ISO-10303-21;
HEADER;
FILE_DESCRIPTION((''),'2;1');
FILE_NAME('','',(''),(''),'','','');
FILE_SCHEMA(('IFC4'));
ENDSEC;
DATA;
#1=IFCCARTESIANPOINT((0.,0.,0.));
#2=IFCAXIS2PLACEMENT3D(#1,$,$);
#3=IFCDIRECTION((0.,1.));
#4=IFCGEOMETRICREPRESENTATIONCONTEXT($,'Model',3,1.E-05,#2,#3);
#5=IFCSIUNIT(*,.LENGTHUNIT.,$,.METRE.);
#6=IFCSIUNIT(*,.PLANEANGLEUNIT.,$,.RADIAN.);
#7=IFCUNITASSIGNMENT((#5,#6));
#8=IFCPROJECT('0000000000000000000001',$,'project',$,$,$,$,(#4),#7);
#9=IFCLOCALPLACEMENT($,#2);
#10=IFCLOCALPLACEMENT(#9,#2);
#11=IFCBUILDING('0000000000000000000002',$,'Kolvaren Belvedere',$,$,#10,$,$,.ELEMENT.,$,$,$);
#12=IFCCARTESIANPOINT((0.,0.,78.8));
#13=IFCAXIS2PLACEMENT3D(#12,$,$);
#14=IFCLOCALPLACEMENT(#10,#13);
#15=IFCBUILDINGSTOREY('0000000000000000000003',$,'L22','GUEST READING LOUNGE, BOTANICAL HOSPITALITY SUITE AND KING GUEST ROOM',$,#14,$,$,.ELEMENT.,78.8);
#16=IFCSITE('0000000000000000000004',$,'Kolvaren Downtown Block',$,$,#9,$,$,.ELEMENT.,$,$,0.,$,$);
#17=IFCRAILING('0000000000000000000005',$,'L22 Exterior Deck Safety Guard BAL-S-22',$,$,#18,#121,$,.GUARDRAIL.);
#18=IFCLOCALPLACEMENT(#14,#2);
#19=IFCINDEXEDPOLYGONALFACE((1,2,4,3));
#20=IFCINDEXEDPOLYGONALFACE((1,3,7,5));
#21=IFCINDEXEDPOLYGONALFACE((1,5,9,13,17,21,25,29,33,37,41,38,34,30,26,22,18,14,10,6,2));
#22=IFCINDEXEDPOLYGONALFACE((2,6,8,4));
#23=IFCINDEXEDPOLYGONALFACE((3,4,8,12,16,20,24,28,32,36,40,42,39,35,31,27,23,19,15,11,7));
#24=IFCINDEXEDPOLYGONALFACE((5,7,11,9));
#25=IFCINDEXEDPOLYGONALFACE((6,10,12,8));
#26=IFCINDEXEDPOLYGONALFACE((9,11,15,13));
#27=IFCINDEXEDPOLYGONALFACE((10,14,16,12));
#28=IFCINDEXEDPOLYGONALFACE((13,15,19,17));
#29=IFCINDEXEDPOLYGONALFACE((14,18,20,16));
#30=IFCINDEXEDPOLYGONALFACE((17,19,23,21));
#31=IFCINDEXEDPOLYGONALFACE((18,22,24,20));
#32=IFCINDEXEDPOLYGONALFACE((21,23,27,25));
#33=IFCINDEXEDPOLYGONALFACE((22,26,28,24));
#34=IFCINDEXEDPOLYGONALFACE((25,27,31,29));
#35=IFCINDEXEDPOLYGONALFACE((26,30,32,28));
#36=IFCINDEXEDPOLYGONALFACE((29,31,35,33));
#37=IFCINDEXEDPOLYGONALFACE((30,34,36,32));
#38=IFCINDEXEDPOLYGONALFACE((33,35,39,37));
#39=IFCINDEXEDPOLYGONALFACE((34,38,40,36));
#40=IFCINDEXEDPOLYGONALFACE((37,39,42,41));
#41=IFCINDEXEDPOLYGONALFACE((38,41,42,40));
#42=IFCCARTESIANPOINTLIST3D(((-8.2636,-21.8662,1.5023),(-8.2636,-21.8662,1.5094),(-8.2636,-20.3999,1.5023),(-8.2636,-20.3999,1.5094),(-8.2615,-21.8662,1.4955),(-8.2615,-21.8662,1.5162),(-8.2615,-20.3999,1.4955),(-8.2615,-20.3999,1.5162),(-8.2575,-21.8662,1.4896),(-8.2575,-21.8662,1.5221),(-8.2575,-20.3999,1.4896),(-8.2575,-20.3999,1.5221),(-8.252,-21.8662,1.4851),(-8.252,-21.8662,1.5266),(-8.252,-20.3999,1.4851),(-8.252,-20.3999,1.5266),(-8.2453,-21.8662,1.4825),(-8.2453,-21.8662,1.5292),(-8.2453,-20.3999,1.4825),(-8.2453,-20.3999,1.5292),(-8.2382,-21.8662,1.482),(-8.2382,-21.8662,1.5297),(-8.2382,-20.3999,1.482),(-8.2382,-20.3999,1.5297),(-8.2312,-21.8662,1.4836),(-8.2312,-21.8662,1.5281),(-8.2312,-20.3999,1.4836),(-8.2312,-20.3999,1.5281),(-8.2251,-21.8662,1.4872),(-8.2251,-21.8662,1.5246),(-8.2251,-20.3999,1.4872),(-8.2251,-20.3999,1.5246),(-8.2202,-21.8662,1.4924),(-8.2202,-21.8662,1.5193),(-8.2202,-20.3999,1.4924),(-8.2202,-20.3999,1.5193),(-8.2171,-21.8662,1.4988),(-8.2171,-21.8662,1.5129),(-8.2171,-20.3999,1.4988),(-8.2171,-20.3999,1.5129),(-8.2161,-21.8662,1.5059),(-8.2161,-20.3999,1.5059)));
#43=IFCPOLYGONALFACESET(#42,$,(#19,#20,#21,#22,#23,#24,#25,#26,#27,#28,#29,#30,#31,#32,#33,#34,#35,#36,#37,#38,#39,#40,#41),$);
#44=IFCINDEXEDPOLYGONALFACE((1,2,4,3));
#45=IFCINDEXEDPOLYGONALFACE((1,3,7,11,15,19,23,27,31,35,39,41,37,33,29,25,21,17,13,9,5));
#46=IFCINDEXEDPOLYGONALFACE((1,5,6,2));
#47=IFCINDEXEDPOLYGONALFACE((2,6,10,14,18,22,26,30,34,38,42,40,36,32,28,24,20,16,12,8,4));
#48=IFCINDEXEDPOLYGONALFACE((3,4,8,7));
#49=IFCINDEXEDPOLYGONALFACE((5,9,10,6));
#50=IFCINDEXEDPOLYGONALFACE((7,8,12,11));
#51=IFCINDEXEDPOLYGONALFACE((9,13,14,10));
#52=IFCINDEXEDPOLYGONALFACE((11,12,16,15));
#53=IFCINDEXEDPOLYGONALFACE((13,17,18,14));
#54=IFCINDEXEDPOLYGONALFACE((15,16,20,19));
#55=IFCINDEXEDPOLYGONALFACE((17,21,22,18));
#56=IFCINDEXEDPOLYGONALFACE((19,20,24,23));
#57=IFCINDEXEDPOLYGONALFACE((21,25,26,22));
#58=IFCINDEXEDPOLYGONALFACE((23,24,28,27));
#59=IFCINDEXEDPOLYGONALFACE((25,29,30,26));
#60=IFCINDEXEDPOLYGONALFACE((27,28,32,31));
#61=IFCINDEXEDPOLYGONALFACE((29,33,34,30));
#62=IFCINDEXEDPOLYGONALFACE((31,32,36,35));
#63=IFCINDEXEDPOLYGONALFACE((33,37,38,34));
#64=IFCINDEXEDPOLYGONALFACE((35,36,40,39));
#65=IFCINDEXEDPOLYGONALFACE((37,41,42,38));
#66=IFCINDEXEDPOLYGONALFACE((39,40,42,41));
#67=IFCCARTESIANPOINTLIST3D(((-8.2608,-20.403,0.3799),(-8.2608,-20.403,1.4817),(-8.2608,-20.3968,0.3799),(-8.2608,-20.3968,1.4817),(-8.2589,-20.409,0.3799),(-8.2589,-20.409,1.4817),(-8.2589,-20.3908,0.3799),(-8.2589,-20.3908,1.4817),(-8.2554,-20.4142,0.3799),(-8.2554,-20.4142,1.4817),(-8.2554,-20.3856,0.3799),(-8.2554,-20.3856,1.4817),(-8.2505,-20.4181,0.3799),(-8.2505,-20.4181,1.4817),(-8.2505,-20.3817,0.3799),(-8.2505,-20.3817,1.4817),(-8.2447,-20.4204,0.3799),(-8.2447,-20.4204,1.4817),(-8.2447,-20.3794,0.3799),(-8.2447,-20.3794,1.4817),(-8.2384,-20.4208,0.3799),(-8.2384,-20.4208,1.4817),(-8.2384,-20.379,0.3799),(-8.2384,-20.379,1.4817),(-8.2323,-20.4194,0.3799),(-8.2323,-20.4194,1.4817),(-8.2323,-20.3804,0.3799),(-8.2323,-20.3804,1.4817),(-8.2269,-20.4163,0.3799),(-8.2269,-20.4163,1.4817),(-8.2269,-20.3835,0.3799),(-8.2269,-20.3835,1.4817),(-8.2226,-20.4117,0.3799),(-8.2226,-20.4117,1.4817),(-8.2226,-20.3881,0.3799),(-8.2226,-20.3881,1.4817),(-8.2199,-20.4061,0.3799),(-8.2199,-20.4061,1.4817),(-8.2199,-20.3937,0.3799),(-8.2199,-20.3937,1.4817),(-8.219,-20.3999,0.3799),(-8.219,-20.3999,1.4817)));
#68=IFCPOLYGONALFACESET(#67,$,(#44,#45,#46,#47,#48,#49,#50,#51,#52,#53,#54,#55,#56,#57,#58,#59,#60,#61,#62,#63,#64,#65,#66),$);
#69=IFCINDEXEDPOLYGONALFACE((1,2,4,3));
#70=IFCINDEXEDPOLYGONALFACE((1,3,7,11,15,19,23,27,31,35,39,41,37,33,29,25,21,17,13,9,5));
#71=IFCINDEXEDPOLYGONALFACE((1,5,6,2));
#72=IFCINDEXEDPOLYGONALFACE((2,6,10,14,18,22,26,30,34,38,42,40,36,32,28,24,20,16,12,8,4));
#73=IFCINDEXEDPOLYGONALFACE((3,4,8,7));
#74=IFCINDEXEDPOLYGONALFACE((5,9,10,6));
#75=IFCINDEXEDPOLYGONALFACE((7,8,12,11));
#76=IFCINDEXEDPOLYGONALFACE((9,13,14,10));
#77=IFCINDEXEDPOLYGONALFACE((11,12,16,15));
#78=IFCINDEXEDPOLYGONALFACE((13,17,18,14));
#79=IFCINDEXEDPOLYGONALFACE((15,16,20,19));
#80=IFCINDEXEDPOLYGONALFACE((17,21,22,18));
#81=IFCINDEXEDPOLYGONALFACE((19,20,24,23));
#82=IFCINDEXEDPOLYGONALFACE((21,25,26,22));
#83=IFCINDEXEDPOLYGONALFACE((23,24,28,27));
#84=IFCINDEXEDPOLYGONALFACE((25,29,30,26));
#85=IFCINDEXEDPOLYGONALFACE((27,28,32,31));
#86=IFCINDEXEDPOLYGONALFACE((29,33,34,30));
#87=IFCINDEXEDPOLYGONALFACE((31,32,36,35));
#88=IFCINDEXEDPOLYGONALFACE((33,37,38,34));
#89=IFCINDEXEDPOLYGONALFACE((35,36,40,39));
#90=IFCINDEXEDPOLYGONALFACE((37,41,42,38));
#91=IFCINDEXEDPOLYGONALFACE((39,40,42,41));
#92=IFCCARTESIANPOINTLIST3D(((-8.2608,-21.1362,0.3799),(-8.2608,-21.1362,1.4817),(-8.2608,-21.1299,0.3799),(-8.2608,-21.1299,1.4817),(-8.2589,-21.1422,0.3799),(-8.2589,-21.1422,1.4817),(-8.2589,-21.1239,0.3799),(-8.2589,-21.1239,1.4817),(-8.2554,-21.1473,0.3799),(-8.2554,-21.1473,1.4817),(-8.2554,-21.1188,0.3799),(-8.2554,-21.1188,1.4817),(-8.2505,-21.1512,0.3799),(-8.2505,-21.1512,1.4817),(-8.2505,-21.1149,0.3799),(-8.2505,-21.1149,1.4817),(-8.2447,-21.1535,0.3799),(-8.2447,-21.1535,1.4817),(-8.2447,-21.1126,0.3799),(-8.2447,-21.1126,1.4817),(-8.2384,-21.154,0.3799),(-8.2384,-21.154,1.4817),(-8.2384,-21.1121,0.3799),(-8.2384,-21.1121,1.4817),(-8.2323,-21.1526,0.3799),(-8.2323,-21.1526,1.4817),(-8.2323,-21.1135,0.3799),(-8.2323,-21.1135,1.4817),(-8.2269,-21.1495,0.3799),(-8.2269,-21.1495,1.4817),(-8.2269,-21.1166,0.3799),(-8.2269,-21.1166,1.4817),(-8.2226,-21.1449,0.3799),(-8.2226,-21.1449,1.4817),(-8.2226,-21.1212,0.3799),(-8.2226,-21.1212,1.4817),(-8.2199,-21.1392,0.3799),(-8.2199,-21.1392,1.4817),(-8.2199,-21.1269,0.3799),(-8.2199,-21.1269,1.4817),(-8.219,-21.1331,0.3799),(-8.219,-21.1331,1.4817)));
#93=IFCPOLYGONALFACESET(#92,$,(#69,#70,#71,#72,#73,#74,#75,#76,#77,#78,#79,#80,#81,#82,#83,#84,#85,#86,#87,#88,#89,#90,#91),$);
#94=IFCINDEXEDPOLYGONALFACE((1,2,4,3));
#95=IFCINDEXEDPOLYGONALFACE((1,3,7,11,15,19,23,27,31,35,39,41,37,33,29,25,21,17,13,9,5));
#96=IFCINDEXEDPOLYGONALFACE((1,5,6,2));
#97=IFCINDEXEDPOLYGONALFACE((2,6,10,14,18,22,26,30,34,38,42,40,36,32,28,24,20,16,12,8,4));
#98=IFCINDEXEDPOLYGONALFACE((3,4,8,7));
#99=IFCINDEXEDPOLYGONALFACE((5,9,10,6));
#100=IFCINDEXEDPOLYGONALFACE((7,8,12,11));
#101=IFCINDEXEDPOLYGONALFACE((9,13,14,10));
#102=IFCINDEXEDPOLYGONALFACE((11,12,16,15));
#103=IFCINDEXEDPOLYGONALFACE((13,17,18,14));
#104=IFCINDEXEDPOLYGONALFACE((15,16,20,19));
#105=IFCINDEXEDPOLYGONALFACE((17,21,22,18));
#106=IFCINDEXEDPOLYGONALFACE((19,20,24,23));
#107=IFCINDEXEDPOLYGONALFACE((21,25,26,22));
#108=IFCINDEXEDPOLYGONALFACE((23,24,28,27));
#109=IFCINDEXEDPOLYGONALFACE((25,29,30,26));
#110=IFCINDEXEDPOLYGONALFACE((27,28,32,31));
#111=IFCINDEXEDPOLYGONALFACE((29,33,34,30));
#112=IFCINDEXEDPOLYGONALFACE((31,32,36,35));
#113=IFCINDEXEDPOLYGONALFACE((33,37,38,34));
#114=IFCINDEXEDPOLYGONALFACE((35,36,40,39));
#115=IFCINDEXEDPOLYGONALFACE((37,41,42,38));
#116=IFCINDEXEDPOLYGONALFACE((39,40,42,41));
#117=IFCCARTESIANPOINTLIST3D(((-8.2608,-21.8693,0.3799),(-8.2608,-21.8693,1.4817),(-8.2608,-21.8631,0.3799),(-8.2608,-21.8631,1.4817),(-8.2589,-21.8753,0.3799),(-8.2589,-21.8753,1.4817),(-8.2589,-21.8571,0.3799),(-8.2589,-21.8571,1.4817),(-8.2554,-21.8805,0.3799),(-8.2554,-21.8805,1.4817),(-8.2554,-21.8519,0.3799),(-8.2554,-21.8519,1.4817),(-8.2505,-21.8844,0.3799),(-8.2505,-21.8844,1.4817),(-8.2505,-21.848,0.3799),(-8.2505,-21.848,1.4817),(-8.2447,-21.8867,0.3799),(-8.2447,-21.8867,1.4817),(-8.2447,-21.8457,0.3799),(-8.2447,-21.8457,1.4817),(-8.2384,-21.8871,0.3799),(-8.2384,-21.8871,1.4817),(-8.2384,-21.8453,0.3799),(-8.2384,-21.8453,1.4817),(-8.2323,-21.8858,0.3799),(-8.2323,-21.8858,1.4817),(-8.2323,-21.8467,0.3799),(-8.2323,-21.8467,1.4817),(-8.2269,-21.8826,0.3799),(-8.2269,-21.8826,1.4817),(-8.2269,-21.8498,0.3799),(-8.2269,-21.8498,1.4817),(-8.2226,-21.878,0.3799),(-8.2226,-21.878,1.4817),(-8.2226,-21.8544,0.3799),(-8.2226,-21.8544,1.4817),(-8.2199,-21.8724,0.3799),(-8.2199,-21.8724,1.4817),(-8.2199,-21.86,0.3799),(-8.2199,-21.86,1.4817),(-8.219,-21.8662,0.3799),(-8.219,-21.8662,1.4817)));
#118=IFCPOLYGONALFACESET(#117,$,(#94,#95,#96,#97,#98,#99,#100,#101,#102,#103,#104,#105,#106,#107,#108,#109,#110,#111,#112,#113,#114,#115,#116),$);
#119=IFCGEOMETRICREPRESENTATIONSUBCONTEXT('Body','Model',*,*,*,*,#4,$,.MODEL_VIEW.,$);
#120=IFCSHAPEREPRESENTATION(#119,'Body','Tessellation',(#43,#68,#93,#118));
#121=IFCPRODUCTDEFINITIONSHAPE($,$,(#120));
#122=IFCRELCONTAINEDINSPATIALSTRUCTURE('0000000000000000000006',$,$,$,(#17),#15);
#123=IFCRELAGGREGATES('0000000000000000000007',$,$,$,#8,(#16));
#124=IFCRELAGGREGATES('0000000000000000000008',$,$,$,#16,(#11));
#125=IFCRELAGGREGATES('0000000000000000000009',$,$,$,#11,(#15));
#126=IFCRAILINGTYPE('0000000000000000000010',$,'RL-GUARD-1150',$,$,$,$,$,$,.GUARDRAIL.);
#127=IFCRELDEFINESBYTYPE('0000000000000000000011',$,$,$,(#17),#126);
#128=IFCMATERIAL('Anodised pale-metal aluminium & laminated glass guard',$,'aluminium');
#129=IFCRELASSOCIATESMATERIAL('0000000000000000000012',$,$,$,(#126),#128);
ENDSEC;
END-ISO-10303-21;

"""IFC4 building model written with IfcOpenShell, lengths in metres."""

from ifc_helpers import new_model, si_unit, direction, frame, origin, origin_2d, place, context, subcontext, project, spatial, circle, extrude, material, type_object, element, save


model = new_model("IFC4")

# Units and contexts
model_context = context("Model", 3, precision=1e-05, world=origin(), true_north=direction((0.0, 1.0)))
body_context = subcontext(model_context, "Body", "Model", "MODEL_VIEW")
ifc_project = project(units=[si_unit("LENGTHUNIT", "METRE"), si_unit("PLANEANGLEUNIT", "RADIAN")], contexts=[model_context])

# Site, building, storey
site_placement = place(None, origin())
site = spatial("IfcSite", under=ifc_project, at=site_placement, Name="Kolvaren Downtown Block", CompositionType="ELEMENT", RefElevation=0.0)
building_placement = place(site_placement, origin())
building = spatial("IfcBuilding", under=site, at=building_placement, Name="Kolvaren Belvedere", CompositionType="ELEMENT")
storey_placement = place(building_placement, frame((0.0, 0.0, 78.8)))
storey = spatial("IfcBuildingStorey", under=building, at=storey_placement, Name="L22", Description="GUEST READING LOUNGE, BOTANICAL HOSPITALITY SUITE AND KING GUEST ROOM", CompositionType="ELEMENT", Elevation=78.8)

# Railing
ifc_material_1 = material(Name="Anodised pale-metal aluminium & laminated glass guard", Category="aluminium")
railing_type = type_object("IfcRailingType", Name="RL-GUARD-1150", PredefinedType="GUARDRAIL", material=ifc_material_1)
railing_1_placement = place(storey_placement, frame((-8.24, -20.3999, 0.3799)))
element("IfcRailing", 1, at=railing_1_placement, inside=storey, type_object=railing_type, Name="L22 Exterior Deck Safety Guard BAL-S-22", PredefinedType="GUARDRAIL", context=body_context, shape_type="SweptSolid", body=[
    extrude(circle(Radius=0.0239, at=origin_2d()), frame((0.0, 0.0, 1.126), z_axis=(0.0, -1.0, 0.0), x_axis=(1.0, 0.0, 0.0)), (0.0, 0.0, 1.0), 1.4663),
    extrude(circle(Radius=0.021, at=origin_2d()), origin(), (0.0, 0.0, 1.0), 1.1018),
    extrude(circle(Radius=0.021, at=origin_2d()), frame((0.0, -0.7332, 0.0)), (0.0, 0.0, 1.0), 1.1018),
    extrude(circle(Radius=0.021, at=origin_2d()), frame((0.0, -1.4663, 0.0)), (0.0, 0.0, 1.0), 1.1018),
])

save(model, "model.ifc")
